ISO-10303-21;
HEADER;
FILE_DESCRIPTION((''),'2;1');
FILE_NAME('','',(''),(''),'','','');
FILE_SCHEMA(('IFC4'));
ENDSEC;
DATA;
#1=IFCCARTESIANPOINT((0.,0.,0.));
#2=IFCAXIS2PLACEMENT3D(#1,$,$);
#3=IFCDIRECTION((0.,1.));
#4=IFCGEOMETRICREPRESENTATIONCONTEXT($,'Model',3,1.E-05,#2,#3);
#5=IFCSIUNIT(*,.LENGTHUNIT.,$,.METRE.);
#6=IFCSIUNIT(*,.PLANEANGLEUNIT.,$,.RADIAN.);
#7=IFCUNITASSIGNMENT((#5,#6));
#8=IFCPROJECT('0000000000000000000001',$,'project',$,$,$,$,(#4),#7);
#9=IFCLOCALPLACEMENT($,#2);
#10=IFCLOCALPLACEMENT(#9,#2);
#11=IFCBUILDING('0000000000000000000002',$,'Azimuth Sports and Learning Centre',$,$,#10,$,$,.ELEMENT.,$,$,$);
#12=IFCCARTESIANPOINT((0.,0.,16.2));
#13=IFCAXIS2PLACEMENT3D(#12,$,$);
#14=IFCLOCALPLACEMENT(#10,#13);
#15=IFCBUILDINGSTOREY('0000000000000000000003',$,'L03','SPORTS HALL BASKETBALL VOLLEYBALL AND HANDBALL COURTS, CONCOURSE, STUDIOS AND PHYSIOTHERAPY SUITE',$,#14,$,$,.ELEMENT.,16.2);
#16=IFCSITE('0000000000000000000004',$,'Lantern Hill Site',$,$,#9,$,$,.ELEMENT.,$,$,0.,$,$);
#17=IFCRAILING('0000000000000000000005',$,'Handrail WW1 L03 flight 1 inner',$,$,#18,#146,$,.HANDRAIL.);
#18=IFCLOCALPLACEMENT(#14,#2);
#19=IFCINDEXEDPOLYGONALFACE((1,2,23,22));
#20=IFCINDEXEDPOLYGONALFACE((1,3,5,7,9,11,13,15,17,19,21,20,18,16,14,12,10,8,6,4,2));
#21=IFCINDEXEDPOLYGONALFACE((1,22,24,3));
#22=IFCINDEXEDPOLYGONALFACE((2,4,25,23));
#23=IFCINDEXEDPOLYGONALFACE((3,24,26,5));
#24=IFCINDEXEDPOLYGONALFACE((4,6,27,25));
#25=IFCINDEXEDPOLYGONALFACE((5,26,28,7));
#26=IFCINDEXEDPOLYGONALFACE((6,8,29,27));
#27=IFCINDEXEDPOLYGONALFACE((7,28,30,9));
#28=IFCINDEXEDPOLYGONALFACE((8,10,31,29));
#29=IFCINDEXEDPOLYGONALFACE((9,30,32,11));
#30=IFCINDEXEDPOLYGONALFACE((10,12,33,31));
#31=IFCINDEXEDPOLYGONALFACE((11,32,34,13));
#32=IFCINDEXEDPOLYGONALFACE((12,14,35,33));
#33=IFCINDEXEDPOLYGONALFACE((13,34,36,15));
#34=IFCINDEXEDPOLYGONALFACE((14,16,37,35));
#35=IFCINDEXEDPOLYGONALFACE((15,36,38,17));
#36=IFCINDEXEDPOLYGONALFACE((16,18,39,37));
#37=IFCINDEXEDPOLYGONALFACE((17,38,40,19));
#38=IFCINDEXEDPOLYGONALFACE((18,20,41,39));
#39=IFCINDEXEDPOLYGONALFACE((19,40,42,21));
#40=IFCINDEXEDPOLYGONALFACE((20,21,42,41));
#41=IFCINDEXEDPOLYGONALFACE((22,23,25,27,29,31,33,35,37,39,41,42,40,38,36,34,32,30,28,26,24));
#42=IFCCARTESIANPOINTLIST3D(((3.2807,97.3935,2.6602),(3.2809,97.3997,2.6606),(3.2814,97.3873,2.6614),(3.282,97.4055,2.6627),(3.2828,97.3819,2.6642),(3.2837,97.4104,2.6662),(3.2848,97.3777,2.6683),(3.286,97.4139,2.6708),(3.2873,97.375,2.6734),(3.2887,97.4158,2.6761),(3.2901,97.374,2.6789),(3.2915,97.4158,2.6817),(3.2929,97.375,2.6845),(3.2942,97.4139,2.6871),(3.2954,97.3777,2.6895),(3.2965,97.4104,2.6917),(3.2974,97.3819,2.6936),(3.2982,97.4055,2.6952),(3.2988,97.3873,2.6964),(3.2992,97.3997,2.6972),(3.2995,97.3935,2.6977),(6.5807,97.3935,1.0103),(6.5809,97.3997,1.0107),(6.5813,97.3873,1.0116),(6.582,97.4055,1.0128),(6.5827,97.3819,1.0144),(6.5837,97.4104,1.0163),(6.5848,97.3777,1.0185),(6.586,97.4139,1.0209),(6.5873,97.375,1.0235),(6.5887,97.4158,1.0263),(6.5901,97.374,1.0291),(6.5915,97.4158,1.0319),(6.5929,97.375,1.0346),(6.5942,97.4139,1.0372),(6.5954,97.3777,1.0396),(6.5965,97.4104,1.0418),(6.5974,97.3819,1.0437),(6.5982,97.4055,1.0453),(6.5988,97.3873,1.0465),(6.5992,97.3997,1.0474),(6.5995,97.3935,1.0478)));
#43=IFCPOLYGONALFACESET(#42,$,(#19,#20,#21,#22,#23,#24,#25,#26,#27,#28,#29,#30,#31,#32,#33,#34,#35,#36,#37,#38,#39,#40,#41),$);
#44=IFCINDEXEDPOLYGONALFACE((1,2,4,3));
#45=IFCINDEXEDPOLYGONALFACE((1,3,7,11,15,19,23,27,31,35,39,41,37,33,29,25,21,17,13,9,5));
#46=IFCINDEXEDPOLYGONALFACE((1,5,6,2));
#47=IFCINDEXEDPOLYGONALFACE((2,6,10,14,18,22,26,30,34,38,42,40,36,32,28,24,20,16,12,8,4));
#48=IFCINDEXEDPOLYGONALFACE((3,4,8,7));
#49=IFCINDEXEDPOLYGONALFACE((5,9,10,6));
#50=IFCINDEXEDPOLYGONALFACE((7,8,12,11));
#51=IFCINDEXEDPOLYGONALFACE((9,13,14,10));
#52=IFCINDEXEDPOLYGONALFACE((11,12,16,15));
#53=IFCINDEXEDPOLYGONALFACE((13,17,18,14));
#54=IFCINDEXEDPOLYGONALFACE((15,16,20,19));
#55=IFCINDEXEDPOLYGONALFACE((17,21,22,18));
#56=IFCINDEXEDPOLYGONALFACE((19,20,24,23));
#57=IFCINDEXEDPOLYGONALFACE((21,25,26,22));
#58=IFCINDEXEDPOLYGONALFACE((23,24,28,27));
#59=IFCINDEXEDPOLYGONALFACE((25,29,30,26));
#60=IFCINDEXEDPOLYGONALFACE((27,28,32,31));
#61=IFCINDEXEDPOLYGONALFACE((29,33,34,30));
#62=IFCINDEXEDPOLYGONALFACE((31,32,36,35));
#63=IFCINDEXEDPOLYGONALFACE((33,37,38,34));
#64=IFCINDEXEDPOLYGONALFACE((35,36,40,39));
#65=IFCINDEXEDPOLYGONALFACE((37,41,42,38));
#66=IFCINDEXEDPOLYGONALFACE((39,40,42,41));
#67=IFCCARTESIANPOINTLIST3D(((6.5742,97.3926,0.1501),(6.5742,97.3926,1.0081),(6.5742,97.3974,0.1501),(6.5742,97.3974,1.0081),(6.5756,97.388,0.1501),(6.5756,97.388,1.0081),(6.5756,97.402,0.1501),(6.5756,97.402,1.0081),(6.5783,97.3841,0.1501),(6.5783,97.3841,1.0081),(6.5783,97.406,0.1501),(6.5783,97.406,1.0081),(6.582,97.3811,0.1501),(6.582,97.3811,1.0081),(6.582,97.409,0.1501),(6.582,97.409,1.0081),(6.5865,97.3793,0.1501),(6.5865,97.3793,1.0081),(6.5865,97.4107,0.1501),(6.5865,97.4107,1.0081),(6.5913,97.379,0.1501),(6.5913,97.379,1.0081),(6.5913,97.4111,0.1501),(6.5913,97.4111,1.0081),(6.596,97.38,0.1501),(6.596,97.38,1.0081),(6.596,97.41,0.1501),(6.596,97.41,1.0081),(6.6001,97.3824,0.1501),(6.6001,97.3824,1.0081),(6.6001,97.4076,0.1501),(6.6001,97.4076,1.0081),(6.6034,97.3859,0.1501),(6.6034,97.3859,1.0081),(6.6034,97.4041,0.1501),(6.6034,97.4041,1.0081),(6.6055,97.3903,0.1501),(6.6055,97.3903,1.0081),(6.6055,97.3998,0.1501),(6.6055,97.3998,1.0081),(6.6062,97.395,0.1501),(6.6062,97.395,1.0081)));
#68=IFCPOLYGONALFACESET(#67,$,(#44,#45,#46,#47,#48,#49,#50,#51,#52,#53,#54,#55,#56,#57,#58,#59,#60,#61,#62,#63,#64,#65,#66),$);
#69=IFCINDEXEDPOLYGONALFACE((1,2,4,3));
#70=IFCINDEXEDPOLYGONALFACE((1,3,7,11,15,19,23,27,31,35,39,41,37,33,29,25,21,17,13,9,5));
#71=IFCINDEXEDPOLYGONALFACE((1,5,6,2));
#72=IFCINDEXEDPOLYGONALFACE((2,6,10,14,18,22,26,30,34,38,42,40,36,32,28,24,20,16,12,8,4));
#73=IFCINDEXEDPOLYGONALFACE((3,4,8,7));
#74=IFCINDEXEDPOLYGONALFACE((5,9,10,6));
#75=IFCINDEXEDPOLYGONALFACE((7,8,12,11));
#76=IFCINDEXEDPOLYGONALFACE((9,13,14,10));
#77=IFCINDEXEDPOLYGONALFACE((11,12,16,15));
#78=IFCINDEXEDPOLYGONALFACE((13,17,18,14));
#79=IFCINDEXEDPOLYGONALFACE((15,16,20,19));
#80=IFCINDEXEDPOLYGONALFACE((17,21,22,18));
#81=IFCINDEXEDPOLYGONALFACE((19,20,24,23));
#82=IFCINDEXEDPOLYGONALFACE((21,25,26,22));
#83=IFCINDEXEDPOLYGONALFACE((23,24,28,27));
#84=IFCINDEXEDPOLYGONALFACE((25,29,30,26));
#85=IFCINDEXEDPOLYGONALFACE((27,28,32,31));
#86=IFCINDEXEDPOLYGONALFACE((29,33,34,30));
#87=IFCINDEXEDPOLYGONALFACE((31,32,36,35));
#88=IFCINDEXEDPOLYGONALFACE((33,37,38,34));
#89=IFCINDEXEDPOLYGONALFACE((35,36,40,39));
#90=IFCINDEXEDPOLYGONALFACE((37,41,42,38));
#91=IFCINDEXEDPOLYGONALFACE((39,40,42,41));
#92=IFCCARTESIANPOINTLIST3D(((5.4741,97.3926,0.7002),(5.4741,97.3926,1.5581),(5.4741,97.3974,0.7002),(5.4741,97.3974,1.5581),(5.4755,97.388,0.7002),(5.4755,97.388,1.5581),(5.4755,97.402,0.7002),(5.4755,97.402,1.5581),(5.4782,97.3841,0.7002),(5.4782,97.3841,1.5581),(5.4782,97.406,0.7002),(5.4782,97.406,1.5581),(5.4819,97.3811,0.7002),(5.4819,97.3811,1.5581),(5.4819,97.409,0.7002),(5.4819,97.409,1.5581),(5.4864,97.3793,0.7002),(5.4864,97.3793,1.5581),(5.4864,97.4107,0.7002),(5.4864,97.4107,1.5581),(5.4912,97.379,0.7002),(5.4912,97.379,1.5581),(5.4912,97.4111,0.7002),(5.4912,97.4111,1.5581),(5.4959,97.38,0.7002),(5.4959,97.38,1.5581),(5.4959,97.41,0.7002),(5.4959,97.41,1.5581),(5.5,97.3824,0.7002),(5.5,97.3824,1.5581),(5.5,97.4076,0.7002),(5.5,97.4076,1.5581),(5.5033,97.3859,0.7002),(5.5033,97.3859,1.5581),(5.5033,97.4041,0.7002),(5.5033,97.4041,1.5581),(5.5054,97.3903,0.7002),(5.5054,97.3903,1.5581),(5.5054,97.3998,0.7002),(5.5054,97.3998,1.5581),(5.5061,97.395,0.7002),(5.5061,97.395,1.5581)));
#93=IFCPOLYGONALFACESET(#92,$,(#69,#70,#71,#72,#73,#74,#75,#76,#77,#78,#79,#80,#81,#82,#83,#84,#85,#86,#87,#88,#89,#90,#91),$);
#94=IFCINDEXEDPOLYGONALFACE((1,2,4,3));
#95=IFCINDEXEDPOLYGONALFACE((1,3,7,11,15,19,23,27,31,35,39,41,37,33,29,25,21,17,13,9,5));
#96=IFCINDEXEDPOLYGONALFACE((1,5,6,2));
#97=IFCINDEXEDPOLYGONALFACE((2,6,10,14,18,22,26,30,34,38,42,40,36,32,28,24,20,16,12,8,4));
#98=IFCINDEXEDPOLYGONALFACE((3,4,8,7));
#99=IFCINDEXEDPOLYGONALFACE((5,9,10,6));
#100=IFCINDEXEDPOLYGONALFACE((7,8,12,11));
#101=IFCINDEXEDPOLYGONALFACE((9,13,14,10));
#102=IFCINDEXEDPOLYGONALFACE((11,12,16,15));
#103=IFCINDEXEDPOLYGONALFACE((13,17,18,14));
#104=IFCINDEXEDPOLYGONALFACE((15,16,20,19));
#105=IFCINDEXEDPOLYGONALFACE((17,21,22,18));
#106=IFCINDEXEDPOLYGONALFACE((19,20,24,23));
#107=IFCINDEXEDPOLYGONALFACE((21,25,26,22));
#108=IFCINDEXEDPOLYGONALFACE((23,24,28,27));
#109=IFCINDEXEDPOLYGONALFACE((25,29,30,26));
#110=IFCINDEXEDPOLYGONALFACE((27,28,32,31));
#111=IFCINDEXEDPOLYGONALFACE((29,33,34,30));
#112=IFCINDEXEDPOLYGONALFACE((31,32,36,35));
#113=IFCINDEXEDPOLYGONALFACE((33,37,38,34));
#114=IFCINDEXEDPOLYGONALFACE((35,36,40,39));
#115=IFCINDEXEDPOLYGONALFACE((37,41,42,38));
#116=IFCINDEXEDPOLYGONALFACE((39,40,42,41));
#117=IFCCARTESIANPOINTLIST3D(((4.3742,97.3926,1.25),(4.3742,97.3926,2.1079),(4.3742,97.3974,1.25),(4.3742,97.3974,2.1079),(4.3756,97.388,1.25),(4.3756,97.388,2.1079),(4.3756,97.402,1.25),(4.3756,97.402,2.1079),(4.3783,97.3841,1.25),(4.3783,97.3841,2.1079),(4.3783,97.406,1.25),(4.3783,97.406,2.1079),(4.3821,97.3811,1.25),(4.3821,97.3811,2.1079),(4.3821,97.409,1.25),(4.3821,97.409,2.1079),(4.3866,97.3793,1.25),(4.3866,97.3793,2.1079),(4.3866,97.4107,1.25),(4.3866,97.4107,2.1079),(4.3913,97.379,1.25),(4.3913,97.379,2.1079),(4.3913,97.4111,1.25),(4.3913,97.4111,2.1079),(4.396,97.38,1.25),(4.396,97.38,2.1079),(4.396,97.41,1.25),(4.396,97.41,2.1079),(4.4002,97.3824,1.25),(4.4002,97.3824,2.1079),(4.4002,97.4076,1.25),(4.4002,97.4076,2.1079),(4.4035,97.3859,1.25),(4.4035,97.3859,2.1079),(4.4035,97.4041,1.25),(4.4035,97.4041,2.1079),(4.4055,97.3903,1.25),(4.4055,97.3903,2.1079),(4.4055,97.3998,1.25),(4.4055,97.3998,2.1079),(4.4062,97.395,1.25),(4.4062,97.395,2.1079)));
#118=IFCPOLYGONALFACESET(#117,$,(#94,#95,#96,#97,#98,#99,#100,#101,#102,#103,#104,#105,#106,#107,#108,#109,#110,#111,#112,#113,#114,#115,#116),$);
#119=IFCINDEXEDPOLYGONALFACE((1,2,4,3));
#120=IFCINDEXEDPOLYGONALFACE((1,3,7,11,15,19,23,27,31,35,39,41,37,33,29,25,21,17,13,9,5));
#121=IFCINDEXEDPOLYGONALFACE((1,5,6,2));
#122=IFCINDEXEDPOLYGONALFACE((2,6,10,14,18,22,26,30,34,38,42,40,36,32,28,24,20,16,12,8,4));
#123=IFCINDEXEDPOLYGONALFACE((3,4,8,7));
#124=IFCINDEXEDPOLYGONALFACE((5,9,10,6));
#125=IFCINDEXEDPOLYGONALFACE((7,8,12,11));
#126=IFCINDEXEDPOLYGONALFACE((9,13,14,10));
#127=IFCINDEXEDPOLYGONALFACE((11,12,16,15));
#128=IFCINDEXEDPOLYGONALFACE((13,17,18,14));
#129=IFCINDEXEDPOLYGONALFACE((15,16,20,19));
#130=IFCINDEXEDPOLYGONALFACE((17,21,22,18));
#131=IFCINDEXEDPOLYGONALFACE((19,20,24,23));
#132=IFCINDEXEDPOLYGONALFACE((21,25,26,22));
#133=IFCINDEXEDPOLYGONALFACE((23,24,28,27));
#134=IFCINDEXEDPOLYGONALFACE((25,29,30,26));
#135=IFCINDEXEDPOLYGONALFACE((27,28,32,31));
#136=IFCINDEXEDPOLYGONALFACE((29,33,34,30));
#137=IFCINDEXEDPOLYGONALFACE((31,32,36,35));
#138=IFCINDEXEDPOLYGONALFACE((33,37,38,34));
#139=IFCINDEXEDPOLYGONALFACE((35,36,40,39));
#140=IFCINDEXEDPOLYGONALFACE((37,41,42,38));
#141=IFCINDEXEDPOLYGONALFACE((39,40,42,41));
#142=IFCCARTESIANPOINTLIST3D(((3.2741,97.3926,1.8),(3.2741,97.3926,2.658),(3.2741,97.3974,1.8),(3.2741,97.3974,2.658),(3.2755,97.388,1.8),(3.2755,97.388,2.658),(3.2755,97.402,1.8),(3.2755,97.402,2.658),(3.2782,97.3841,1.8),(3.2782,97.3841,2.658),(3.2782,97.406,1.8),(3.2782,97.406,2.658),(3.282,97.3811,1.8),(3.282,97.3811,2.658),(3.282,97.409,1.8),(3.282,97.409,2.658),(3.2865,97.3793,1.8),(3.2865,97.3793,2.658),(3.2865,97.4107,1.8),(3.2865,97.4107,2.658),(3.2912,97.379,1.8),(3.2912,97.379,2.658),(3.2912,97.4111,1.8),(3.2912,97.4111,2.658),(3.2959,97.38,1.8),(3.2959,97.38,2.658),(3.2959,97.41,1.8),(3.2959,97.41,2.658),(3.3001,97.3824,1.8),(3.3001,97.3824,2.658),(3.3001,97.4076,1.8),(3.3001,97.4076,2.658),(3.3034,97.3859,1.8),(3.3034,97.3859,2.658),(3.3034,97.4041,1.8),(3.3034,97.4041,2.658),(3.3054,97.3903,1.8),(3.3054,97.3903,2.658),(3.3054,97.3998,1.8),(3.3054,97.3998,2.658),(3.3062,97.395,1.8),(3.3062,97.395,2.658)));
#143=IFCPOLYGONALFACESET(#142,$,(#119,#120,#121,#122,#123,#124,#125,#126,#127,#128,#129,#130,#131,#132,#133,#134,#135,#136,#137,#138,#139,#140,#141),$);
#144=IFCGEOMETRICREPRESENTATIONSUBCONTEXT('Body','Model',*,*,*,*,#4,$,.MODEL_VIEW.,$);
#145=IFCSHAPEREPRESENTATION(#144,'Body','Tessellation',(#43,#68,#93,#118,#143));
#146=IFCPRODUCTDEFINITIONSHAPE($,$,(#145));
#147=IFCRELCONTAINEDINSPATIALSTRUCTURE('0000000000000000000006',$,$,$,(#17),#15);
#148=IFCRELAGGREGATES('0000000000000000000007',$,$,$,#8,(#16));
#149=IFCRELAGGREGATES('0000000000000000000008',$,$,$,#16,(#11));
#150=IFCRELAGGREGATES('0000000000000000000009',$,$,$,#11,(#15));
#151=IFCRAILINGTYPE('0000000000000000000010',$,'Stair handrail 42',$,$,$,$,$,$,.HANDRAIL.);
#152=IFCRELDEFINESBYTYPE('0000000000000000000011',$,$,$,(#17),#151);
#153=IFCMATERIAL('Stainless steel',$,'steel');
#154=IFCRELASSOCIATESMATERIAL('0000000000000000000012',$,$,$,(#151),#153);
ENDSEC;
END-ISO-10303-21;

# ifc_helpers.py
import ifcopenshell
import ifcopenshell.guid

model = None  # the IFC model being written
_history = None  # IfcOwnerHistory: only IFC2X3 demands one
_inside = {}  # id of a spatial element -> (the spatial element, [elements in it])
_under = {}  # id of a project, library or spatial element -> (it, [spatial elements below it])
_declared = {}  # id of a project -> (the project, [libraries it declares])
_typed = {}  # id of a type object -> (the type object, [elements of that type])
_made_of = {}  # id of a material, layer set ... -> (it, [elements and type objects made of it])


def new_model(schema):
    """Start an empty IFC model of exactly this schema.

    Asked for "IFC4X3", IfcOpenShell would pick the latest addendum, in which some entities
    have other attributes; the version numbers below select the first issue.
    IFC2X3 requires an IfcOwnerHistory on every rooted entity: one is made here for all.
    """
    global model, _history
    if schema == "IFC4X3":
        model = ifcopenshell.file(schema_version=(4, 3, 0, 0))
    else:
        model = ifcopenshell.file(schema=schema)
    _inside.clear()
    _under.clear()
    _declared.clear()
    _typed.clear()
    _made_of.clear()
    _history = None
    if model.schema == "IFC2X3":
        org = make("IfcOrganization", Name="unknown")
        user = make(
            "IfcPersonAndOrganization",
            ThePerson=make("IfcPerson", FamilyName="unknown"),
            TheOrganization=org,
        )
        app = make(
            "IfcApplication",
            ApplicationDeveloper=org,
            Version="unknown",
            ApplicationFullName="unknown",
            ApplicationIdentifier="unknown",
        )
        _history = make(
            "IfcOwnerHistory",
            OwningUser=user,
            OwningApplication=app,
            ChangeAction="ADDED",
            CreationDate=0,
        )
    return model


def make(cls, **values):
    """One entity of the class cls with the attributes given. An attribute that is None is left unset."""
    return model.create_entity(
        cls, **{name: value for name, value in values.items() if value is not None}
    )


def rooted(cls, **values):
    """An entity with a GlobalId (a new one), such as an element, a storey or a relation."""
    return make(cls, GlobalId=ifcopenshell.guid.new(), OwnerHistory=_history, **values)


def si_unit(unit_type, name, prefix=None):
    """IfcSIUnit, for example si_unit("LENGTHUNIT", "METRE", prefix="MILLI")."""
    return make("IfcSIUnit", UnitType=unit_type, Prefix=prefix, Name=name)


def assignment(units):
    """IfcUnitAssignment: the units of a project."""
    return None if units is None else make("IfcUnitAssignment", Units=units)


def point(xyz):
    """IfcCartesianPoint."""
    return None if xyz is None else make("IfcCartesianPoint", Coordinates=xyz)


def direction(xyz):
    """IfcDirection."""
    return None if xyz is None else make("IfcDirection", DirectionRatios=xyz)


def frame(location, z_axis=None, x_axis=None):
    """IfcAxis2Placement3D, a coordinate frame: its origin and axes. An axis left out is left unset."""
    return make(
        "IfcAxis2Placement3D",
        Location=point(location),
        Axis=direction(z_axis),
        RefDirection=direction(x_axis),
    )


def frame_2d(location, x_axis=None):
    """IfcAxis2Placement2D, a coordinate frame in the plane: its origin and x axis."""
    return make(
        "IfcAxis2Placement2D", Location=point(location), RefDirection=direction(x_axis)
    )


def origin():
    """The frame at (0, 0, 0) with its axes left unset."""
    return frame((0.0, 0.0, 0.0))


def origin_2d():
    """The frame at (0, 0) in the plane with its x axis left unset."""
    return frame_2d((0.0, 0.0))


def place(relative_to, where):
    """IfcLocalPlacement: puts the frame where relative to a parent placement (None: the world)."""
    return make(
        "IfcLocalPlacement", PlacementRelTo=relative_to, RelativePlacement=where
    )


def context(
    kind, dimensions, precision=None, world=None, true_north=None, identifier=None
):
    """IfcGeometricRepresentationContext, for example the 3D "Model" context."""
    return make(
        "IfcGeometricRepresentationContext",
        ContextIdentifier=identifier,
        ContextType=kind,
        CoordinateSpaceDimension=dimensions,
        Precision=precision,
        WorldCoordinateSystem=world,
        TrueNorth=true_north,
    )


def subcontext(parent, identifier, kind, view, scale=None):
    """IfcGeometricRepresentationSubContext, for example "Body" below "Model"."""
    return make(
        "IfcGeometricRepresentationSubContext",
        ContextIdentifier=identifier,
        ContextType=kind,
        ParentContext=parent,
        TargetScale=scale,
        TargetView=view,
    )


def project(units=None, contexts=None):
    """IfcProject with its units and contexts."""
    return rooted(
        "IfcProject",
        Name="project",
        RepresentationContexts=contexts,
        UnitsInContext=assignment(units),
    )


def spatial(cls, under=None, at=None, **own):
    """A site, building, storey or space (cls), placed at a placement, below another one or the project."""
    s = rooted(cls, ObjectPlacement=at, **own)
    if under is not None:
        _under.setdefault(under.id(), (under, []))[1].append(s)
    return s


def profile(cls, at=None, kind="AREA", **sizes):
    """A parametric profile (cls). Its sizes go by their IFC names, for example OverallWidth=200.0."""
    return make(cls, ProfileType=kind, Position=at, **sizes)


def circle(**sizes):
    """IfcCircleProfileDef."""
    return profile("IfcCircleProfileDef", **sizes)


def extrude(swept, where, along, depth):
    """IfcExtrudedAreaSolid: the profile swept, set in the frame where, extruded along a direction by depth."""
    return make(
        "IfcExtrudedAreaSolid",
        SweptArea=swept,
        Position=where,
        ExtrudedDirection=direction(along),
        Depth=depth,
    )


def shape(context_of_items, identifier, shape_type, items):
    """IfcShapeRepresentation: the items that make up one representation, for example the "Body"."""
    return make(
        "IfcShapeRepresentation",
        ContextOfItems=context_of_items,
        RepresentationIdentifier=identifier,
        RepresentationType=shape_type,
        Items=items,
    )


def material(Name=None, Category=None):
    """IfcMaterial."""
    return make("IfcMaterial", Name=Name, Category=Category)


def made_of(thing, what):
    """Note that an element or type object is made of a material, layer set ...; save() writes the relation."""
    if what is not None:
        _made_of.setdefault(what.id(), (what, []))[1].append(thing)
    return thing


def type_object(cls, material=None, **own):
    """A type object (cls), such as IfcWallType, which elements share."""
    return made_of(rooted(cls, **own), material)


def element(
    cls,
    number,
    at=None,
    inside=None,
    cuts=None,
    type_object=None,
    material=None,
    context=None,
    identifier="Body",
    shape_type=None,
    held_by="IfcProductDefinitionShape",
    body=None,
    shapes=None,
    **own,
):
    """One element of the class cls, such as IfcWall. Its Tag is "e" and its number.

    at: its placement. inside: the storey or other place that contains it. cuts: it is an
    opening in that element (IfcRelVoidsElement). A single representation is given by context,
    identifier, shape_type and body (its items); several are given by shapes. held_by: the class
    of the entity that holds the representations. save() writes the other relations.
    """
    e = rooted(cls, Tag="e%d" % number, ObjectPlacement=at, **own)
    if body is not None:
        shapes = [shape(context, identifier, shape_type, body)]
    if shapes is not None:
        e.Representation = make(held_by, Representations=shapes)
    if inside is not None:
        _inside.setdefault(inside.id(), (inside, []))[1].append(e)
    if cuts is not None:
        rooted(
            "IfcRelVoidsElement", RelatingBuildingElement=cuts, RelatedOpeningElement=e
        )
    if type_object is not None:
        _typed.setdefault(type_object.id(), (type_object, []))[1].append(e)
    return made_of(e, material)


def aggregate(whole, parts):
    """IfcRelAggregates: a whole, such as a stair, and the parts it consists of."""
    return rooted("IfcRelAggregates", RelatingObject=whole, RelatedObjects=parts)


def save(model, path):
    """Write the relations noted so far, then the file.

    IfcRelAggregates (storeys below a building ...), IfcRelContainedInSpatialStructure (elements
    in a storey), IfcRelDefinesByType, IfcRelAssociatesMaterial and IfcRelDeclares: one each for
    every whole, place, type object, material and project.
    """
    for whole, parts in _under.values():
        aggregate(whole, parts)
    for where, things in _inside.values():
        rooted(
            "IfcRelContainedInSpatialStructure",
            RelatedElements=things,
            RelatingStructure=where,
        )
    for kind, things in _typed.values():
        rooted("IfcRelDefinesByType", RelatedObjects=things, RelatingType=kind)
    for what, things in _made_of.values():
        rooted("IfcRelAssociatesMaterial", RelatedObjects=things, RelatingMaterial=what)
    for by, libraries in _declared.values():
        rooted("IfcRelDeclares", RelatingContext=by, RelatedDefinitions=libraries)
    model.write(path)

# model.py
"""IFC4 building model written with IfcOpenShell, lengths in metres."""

from ifc_helpers import new_model, si_unit, direction, frame, origin, origin_2d, place, context, subcontext, project, spatial, circle, extrude, material, type_object, element, save


model = new_model("IFC4")

# Units and contexts
model_context = context("Model", 3, precision=1e-05, world=origin(), true_north=direction((0.0, 1.0)))
body_context = subcontext(model_context, "Body", "Model", "MODEL_VIEW")
ifc_project = project(units=[si_unit("LENGTHUNIT", "METRE"), si_unit("PLANEANGLEUNIT", "RADIAN")], contexts=[model_context])

# Site, building, storey
site_placement = place(None, origin())
site = spatial("IfcSite", under=ifc_project, at=site_placement, Name="Lantern Hill Site", CompositionType="ELEMENT", RefElevation=0.0)
building_placement = place(site_placement, origin())
building = spatial("IfcBuilding", under=site, at=building_placement, Name="Azimuth Sports and Learning Centre", CompositionType="ELEMENT")
storey_placement = place(building_placement, frame((0.0, 0.0, 16.2)))
storey = spatial("IfcBuildingStorey", under=building, at=storey_placement, Name="L03", Description="SPORTS HALL BASKETBALL VOLLEYBALL AND HANDBALL COURTS, CONCOURSE, STUDIOS AND PHYSIOTHERAPY SUITE", CompositionType="ELEMENT", Elevation=16.2)

# Railing
ifc_material_1 = material(Name="Stainless steel", Category="steel")
railing_type = type_object("IfcRailingType", Name="Stair handrail 42", PredefinedType="HANDRAIL", material=ifc_material_1)
for number, where, name in (
    (1, (6.5901, 97.395, 0.1501), "Handrail WW1 L03 flight 1 inner"),
):
    element("IfcRailing", number, at=place(storey_placement, frame(where)), inside=storey, type_object=railing_type, Name=name, PredefinedType="HANDRAIL", context=body_context, shape_type="SweptSolid", body=[
        extrude(circle(Radius=0.021, at=origin_2d()), frame((0.0, 0.0, 0.8789), z_axis=(-0.89444, 0.0, 0.447187), x_axis=(0.0, -1.0, 0.0)), (0.0, 0.0, 1.0), 3.6895),
        extrude(circle(Radius=0.0161, at=origin_2d()), origin(), (0.0, 0.0, 1.0), 0.8579),
        extrude(circle(Radius=0.0161, at=origin_2d()), frame((-1.1001, 0.0, 0.55)), (0.0, 0.0, 1.0), 0.8579),
        extrude(circle(Radius=0.0161, at=origin_2d()), frame((-2.2, 0.0, 1.0999)), (0.0, 0.0, 1.0), 0.8579),
        extrude(circle(Radius=0.0161, at=origin_2d()), frame((-3.3, 0.0, 1.6499)), (0.0, 0.0, 1.0), 0.8579),
    ])

save(model, "model.ifc")
